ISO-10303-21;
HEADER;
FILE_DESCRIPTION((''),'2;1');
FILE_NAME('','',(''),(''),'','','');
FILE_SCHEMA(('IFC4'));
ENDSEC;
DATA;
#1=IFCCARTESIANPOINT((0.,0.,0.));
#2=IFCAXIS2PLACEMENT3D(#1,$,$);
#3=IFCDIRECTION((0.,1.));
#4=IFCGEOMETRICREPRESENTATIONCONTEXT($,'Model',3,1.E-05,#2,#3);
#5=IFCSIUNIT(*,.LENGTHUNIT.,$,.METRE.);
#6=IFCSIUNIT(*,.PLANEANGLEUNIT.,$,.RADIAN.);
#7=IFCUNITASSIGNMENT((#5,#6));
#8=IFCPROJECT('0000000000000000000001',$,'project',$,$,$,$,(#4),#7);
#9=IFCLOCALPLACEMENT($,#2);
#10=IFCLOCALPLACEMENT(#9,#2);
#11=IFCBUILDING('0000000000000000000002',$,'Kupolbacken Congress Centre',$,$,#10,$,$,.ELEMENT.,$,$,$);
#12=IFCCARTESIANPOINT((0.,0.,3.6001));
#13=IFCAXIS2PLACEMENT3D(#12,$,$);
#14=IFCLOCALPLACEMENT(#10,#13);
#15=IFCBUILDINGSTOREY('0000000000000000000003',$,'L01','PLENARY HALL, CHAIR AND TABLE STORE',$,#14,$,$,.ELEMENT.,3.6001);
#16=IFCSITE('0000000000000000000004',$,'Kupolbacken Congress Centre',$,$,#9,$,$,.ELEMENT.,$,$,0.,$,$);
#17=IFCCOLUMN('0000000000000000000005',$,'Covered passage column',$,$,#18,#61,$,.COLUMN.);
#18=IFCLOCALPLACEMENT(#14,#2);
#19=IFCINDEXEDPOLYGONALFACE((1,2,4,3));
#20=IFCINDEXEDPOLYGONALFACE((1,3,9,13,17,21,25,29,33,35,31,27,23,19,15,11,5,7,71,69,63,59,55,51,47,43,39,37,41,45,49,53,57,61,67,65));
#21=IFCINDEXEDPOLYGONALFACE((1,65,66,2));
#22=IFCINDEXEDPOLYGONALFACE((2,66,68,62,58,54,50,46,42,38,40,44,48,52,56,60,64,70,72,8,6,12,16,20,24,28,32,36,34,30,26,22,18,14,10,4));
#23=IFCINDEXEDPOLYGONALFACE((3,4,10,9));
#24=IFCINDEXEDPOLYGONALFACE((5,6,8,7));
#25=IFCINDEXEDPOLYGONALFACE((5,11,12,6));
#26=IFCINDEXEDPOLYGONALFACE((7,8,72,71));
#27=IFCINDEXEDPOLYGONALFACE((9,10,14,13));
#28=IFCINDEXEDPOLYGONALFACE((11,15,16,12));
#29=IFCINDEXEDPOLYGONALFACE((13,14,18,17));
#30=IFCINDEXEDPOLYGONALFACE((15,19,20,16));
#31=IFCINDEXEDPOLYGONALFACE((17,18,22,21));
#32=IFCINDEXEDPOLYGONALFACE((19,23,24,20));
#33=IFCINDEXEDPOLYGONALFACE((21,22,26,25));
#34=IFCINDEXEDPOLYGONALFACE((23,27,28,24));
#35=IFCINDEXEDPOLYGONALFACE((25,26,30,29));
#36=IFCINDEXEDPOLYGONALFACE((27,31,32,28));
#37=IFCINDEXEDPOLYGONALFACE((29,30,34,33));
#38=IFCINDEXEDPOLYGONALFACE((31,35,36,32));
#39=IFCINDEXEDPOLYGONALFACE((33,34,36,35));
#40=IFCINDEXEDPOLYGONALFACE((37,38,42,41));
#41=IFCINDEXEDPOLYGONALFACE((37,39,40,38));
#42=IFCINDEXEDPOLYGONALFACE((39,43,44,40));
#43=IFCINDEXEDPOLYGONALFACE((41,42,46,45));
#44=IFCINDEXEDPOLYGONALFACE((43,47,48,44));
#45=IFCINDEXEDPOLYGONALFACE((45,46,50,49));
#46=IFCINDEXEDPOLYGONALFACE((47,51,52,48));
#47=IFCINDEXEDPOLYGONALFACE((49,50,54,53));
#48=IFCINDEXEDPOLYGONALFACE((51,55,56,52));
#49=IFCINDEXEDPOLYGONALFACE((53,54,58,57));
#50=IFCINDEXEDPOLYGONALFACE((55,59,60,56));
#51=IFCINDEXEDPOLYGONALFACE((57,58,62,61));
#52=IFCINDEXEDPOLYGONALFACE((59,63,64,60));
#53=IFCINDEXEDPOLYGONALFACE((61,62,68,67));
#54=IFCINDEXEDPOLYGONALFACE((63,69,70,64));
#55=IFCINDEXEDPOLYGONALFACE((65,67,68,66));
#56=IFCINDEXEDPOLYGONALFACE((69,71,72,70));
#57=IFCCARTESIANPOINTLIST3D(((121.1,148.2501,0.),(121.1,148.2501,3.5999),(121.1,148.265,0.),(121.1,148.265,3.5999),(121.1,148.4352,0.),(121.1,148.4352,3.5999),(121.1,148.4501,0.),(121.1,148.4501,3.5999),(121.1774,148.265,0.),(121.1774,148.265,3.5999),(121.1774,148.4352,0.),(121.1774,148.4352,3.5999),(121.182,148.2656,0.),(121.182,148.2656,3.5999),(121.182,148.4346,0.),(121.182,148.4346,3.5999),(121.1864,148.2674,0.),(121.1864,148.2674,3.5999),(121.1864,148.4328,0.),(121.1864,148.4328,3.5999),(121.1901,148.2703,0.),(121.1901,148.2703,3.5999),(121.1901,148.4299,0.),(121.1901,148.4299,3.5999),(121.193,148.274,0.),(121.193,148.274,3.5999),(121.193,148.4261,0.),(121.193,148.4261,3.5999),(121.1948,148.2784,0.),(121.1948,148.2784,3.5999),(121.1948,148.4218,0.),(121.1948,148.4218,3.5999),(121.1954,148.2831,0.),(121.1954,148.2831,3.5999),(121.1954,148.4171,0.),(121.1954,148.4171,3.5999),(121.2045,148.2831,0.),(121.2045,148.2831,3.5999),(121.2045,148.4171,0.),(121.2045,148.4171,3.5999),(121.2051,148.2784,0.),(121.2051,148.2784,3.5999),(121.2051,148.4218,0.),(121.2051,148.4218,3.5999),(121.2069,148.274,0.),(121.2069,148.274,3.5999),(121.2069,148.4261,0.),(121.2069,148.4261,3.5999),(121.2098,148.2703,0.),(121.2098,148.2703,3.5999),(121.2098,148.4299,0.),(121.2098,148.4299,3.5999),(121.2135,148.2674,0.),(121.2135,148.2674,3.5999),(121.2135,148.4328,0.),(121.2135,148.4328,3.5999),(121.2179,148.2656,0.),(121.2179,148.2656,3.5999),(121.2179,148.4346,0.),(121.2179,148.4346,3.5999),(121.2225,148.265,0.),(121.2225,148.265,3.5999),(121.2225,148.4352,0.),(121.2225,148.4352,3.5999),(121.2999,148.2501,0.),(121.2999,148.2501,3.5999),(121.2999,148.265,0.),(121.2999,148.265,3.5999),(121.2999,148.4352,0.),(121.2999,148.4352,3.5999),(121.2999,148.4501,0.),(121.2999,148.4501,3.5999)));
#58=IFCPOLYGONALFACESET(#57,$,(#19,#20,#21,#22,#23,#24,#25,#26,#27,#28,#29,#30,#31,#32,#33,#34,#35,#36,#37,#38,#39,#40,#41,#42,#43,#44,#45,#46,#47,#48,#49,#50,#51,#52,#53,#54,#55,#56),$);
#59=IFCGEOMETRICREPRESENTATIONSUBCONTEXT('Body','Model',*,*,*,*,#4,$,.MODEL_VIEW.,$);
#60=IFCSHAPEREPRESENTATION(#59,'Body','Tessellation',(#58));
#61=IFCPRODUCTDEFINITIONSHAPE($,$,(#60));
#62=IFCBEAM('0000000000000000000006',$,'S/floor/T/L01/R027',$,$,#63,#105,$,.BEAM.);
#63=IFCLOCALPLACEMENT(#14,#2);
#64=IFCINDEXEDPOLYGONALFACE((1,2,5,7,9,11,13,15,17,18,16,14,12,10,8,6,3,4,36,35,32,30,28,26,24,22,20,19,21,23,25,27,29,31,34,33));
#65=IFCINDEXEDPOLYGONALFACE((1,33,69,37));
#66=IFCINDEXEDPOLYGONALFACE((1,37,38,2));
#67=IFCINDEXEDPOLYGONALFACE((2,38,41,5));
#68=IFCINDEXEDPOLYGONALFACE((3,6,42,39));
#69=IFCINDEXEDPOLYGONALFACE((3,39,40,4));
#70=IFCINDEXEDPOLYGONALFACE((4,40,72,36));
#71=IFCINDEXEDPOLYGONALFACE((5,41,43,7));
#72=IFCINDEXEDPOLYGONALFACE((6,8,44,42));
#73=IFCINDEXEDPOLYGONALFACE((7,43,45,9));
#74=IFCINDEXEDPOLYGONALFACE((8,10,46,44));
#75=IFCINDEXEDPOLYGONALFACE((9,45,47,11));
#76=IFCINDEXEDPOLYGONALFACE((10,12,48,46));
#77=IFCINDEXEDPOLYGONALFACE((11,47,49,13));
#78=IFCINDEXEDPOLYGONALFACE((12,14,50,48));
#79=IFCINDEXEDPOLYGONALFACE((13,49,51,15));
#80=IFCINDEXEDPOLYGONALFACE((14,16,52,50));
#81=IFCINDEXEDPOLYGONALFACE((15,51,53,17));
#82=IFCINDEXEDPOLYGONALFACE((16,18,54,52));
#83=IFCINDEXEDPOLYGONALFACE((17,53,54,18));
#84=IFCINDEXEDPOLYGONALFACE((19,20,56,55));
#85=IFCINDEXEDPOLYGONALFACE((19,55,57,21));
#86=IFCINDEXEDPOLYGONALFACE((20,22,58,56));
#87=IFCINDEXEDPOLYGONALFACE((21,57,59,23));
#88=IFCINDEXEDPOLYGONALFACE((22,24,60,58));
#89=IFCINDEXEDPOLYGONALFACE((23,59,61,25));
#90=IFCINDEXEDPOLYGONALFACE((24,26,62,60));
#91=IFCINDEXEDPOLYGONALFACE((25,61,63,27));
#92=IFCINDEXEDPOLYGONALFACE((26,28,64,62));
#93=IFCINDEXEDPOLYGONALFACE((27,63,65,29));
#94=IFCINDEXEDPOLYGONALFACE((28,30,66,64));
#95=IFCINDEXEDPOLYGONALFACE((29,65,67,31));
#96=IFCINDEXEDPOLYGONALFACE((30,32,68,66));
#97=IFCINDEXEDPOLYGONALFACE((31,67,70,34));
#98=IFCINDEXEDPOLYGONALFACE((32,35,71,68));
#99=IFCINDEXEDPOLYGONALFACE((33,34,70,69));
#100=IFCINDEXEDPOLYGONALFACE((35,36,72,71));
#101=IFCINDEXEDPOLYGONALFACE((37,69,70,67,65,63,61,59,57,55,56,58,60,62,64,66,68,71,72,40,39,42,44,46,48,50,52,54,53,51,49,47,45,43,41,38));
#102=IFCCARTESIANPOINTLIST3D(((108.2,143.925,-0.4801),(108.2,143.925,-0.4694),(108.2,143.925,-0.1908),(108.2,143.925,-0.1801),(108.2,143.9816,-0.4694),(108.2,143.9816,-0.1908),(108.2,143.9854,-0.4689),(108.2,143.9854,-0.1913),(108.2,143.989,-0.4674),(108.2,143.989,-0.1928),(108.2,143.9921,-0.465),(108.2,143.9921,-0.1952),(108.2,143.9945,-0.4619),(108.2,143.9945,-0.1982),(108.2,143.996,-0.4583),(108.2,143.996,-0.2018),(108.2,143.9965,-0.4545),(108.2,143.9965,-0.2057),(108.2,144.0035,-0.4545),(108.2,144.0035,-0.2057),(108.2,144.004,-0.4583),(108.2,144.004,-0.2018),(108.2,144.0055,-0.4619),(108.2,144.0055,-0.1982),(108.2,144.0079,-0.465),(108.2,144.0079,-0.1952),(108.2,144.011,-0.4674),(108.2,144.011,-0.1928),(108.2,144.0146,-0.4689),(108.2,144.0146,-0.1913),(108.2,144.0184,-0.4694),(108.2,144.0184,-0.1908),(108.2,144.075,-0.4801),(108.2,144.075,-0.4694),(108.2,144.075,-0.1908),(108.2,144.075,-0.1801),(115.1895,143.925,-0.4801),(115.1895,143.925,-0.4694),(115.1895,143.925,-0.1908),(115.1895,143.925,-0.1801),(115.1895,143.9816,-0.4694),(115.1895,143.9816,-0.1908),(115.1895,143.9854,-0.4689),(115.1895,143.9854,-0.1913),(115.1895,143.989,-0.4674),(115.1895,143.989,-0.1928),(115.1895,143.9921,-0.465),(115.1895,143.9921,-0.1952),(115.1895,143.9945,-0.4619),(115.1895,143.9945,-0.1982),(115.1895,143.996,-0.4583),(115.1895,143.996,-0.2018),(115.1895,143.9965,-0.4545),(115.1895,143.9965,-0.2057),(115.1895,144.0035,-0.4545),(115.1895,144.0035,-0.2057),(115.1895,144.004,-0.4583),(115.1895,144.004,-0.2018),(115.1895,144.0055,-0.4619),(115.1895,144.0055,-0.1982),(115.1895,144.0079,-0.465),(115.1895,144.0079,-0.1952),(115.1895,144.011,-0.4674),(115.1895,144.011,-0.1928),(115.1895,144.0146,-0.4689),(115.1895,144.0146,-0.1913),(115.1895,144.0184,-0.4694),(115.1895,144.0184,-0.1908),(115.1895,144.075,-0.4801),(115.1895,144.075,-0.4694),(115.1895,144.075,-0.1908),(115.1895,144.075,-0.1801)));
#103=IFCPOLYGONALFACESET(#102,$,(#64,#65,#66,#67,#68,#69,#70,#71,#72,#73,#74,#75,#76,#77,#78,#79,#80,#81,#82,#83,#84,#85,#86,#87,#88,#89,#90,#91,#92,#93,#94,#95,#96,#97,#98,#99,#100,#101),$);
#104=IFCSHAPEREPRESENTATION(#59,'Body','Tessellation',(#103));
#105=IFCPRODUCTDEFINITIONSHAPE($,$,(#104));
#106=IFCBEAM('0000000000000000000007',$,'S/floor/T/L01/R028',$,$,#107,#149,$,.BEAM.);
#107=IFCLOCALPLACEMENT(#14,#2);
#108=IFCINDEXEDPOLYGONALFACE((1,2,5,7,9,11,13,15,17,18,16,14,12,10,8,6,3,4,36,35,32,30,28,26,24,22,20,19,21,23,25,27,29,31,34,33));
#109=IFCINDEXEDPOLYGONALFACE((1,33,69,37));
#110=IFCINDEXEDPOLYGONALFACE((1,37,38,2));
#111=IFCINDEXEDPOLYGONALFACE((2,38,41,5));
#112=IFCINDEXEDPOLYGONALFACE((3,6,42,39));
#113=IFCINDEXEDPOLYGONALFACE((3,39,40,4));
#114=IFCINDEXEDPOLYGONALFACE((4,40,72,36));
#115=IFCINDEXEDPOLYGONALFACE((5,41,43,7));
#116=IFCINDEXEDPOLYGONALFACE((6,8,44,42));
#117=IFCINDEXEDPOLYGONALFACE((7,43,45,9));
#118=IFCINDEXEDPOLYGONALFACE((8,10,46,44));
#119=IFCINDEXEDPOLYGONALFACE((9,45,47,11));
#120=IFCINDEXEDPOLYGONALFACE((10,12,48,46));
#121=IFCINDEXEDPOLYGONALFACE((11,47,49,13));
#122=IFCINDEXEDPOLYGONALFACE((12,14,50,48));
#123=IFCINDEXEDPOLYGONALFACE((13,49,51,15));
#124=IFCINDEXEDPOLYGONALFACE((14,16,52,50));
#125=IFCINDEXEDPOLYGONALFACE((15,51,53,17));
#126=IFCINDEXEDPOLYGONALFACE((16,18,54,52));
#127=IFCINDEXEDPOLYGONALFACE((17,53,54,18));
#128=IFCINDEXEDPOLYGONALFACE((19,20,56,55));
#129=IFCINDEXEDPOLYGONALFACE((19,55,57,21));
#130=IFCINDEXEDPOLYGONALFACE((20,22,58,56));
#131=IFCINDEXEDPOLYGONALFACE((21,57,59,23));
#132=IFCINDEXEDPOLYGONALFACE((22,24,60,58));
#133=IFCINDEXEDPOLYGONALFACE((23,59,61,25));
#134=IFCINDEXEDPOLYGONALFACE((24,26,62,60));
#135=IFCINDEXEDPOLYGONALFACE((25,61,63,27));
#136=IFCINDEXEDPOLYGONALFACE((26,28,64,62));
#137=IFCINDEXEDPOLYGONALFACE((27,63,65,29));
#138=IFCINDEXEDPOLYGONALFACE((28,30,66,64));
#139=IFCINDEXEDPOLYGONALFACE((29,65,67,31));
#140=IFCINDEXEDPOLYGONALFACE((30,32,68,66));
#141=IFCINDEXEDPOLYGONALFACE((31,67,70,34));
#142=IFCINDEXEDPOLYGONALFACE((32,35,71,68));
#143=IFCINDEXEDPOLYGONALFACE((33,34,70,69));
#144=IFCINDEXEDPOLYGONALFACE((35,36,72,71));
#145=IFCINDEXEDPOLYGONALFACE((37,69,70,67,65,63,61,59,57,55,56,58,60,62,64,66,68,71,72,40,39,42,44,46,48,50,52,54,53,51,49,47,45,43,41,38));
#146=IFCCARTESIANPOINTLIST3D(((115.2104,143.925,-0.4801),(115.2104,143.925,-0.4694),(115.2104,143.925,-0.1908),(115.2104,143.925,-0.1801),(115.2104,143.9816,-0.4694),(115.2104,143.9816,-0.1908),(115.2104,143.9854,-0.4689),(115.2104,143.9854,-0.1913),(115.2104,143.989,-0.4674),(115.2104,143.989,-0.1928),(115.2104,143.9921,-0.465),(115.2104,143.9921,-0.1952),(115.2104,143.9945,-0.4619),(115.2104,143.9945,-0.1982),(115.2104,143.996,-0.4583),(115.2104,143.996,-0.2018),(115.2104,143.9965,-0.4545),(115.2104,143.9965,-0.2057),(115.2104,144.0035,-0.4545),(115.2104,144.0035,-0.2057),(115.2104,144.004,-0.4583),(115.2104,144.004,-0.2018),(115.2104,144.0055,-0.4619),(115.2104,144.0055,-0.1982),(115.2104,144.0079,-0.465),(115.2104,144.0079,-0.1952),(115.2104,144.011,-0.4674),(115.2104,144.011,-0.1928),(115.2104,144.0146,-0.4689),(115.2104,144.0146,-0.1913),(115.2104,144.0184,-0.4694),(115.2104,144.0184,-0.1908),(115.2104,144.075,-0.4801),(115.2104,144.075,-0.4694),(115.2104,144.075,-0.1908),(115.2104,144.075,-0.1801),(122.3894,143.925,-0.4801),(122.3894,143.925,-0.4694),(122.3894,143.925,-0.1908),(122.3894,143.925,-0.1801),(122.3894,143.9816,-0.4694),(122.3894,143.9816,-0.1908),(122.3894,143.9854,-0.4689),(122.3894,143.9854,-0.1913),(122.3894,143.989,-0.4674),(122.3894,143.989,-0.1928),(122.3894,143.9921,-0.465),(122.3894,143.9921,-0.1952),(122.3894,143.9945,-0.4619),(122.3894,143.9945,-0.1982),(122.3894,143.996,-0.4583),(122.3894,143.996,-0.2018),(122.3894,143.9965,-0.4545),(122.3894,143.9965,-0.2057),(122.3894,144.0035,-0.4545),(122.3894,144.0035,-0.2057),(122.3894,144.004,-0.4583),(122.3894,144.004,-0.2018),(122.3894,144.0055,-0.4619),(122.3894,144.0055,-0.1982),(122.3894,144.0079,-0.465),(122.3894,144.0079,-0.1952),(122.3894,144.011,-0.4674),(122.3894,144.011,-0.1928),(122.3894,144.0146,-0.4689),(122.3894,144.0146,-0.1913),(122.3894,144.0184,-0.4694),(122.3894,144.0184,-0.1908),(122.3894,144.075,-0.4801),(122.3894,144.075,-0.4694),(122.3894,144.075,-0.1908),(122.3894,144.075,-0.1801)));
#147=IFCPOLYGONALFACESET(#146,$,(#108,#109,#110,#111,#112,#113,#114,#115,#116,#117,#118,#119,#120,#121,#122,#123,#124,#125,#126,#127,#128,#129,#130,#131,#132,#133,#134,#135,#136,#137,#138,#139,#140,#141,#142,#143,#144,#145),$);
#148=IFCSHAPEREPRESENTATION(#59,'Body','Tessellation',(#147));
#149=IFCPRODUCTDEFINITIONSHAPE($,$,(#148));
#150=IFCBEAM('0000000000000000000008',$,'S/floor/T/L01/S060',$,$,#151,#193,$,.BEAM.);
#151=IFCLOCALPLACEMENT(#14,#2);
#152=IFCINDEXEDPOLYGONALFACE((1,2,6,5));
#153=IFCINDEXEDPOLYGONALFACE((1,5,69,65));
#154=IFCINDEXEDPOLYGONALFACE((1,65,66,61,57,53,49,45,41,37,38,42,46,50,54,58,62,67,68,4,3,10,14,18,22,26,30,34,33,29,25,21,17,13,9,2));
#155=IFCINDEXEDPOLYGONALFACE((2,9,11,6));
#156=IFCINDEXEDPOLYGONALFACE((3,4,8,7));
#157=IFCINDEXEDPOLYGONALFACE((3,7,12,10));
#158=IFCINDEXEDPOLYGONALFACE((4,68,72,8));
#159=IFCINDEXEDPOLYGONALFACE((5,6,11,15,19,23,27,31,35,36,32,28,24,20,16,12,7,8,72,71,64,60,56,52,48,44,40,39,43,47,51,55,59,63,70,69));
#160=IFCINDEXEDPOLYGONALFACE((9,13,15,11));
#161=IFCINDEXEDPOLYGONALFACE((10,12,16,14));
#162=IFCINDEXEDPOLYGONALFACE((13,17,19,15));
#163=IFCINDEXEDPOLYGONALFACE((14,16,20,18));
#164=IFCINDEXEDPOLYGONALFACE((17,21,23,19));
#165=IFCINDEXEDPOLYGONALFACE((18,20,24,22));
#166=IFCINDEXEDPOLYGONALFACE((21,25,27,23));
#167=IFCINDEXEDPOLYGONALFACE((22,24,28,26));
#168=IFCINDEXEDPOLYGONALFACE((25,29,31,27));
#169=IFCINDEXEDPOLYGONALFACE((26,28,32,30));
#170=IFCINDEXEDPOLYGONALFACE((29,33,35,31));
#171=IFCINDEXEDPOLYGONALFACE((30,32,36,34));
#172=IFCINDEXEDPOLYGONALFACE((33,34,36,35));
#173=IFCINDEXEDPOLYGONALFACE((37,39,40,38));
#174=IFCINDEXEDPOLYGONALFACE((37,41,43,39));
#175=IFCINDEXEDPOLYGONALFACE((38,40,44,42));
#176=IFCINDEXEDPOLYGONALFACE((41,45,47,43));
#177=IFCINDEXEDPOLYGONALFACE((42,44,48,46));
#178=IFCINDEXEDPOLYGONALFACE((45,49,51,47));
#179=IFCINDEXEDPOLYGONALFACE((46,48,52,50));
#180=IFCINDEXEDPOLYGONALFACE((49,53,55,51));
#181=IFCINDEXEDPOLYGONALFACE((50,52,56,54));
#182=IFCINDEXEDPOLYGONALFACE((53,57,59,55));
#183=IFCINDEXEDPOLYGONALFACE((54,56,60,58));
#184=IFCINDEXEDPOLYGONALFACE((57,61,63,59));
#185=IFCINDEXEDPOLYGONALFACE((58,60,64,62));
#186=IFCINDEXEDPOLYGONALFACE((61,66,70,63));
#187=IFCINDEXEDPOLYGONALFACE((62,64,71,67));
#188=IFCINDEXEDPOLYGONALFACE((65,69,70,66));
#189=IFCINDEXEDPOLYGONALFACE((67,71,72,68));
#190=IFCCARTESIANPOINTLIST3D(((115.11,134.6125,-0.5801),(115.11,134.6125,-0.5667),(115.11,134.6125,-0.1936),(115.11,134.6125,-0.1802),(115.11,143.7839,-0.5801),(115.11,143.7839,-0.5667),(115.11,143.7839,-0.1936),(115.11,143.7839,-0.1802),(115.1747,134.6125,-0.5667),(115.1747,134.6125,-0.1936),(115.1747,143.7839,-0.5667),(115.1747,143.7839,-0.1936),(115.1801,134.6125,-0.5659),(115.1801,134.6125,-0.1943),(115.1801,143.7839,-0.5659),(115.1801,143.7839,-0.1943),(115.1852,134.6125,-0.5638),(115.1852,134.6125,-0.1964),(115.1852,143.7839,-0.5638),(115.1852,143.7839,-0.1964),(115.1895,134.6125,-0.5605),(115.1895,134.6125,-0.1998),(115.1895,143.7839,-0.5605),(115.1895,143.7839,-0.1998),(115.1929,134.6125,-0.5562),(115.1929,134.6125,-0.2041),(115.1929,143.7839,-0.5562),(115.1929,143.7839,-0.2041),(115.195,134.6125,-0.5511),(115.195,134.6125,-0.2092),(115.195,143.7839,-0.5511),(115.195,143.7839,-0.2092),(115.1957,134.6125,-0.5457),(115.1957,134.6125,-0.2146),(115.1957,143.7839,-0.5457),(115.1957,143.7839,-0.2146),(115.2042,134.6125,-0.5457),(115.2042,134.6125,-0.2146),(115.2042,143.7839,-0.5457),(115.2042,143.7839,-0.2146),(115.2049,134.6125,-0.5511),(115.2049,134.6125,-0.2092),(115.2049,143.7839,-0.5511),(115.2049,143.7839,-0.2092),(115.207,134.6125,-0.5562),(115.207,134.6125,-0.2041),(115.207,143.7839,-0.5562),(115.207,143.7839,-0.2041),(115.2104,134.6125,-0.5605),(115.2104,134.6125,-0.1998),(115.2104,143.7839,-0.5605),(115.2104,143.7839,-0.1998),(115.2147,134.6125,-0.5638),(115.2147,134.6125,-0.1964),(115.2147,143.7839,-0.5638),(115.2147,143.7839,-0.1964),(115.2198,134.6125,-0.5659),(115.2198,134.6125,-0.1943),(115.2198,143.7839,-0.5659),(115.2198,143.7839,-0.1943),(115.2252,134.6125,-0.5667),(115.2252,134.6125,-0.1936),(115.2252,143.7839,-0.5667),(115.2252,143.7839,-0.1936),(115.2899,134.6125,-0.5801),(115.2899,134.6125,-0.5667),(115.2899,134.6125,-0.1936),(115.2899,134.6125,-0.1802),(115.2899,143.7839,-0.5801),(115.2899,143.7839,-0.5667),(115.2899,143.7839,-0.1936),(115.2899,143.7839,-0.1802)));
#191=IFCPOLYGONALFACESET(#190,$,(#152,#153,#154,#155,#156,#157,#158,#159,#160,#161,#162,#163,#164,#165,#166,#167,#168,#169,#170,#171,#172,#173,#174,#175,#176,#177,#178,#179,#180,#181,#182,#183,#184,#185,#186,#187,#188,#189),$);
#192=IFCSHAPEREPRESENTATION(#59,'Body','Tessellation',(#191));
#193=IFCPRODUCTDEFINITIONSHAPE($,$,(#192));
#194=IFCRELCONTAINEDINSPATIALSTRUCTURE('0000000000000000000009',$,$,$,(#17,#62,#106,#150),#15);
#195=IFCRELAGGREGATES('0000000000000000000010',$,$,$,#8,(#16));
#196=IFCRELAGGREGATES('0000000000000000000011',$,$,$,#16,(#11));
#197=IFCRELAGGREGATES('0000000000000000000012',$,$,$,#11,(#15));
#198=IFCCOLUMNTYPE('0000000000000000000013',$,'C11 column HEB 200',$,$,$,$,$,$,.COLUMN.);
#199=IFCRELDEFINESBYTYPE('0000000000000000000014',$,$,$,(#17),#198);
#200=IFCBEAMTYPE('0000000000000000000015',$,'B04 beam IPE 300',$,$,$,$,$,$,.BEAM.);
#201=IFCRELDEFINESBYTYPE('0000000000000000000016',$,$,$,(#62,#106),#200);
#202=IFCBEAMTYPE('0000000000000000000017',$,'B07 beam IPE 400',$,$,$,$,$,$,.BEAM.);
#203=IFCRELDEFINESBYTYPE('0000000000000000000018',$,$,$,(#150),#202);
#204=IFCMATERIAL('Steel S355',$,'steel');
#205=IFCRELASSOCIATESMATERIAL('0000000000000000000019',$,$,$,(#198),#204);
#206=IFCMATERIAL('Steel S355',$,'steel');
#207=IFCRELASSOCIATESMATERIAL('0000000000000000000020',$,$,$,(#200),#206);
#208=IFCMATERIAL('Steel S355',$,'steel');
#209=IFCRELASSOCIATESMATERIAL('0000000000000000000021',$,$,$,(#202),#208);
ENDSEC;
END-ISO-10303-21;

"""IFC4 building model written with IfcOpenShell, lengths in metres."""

from ifc_helpers import new_model, si_unit, direction, frame, origin, origin_2d, place, context, subcontext, project, spatial, i_section, extrude, material, material_profile, profile_set, type_object, element, save


model = new_model("IFC4")

# Units and contexts
model_context = context("Model", 3, precision=1e-05, world=origin(), true_north=direction((0.0, 1.0)))
body_context = subcontext(model_context, "Body", "Model", "MODEL_VIEW")
ifc_project = project(units=[si_unit("LENGTHUNIT", "METRE"), si_unit("PLANEANGLEUNIT", "RADIAN")], contexts=[model_context])

# Site, building, storey
site_placement = place(None, origin())
site = spatial("IfcSite", under=ifc_project, at=site_placement, Name="Kupolbacken Congress Centre", CompositionType="ELEMENT", RefElevation=0.0)
building_placement = place(site_placement, origin())
building = spatial("IfcBuilding", under=site, at=building_placement, Name="Kupolbacken Congress Centre", CompositionType="ELEMENT")
storey_placement = place(building_placement, frame((0.0, 0.0, 3.6001)))
storey = spatial("IfcBuildingStorey", under=building, at=storey_placement, Name="L01", Description="PLENARY HALL, CHAIR AND TABLE STORE", CompositionType="ELEMENT", Elevation=3.6001)

# Column
ifc_material_1 = material(Name="Steel S355", Category="steel")
ifc_material_profile_1 = material_profile(ifc_material_1, i_section(OverallWidth=0.2, OverallDepth=0.2, WebThickness=0.009, FlangeThickness=0.0149, FilletRadius=0.0181, at=origin_2d()), Name="HEB 200")
ifc_profile_set_1 = profile_set([ifc_material_profile_1], Name="Steel S355")
column_type_1 = type_object("IfcColumnType", Name="C11 column HEB 200", PredefinedType="COLUMN", material=ifc_profile_set_1)
for number, where, z_axis, x_axis, name in (
    (1, (121.2, 148.3501, 0.0), (0.0, 0.0, 1.0), (1.0, 0.0, 0.0), "Covered passage column"),
):
    element("IfcColumn", number, at=place(storey_placement, frame(where, z_axis=z_axis, x_axis=x_axis)), inside=storey, type_object=column_type_1, Name=name, PredefinedType="COLUMN", context=body_context, shape_type="SweptSolid", body=[
        extrude(i_section(OverallWidth=0.2, OverallDepth=0.2, WebThickness=0.009, FlangeThickness=0.0149, FilletRadius=0.0181, at=origin_2d()), origin(), (0.0, 0.0, 1.0), 3.5999),
    ])

# Beams
ifc_material_2 = material(Name="Steel S355", Category="steel")
ifc_material_profile_2 = material_profile(ifc_material_2, i_section(OverallWidth=0.1499, OverallDepth=0.3, WebThickness=0.0071, FlangeThickness=0.0107, FilletRadius=0.0149, at=origin_2d()), Name="IPE 300")
ifc_profile_set_2 = profile_set([ifc_material_profile_2], Name="Steel S355")
beam_type_1 = type_object("IfcBeamType", Name="B04 beam IPE 300", PredefinedType="BEAM", material=ifc_profile_set_2)
beam_1_placement = place(storey_placement, frame((108.2, 144.0, -0.3301), z_axis=(1.0, 0.0, 0.0), x_axis=(0.0, 1.0, 0.0)))
element("IfcBeam", 2, at=beam_1_placement, inside=storey, type_object=beam_type_1, Name="S/floor/T/L01/R027", PredefinedType="BEAM", context=body_context, shape_type="SweptSolid", body=[
    extrude(i_section(OverallWidth=0.1499, OverallDepth=0.3, WebThickness=0.0071, FlangeThickness=0.0107, FilletRadius=0.0149, at=origin_2d()), origin(), (0.0, 0.0, 1.0), 6.9895),
])
beam_2_placement = place(storey_placement, frame((115.2104, 144.0, -0.3301), z_axis=(1.0, 0.0, 0.0), x_axis=(0.0, 1.0, 0.0)))
element("IfcBeam", 3, at=beam_2_placement, inside=storey, type_object=beam_type_1, Name="S/floor/T/L01/R028", PredefinedType="BEAM", context=body_context, shape_type="SweptSolid", body=[
    extrude(i_section(OverallWidth=0.1499, OverallDepth=0.3, WebThickness=0.0071, FlangeThickness=0.0107, FilletRadius=0.0149, at=origin_2d()), origin(), (0.0, 0.0, 1.0), 7.179),
])
ifc_material_3 = material(Name="Steel S355", Category="steel")
ifc_material_profile_3 = material_profile(ifc_material_3, i_section(OverallWidth=0.1799, OverallDepth=0.3999, WebThickness=0.0085, FlangeThickness=0.0134, FilletRadius=0.021, at=origin_2d()), Name="IPE 400")
ifc_profile_set_3 = profile_set([ifc_material_profile_3], Name="Steel S355")
beam_type_2 = type_object("IfcBeamType", Name="B07 beam IPE 400", PredefinedType="BEAM", material=ifc_profile_set_3)
beam_3_placement = place(storey_placement, frame((115.2, 134.6125, -0.3801), z_axis=(0.0, 1.0, 0.0), x_axis=(-1.0, 0.0, 0.0)))
element("IfcBeam", 4, at=beam_3_placement, inside=storey, type_object=beam_type_2, Name="S/floor/T/L01/S060", PredefinedType="BEAM", context=body_context, shape_type="SweptSolid", body=[
    extrude(i_section(OverallWidth=0.1799, OverallDepth=0.3999, WebThickness=0.0085, FlangeThickness=0.0134, FilletRadius=0.021, at=origin_2d()), origin(), (0.0, 0.0, 1.0), 9.1714),
])

save(model, "model.ifc")
